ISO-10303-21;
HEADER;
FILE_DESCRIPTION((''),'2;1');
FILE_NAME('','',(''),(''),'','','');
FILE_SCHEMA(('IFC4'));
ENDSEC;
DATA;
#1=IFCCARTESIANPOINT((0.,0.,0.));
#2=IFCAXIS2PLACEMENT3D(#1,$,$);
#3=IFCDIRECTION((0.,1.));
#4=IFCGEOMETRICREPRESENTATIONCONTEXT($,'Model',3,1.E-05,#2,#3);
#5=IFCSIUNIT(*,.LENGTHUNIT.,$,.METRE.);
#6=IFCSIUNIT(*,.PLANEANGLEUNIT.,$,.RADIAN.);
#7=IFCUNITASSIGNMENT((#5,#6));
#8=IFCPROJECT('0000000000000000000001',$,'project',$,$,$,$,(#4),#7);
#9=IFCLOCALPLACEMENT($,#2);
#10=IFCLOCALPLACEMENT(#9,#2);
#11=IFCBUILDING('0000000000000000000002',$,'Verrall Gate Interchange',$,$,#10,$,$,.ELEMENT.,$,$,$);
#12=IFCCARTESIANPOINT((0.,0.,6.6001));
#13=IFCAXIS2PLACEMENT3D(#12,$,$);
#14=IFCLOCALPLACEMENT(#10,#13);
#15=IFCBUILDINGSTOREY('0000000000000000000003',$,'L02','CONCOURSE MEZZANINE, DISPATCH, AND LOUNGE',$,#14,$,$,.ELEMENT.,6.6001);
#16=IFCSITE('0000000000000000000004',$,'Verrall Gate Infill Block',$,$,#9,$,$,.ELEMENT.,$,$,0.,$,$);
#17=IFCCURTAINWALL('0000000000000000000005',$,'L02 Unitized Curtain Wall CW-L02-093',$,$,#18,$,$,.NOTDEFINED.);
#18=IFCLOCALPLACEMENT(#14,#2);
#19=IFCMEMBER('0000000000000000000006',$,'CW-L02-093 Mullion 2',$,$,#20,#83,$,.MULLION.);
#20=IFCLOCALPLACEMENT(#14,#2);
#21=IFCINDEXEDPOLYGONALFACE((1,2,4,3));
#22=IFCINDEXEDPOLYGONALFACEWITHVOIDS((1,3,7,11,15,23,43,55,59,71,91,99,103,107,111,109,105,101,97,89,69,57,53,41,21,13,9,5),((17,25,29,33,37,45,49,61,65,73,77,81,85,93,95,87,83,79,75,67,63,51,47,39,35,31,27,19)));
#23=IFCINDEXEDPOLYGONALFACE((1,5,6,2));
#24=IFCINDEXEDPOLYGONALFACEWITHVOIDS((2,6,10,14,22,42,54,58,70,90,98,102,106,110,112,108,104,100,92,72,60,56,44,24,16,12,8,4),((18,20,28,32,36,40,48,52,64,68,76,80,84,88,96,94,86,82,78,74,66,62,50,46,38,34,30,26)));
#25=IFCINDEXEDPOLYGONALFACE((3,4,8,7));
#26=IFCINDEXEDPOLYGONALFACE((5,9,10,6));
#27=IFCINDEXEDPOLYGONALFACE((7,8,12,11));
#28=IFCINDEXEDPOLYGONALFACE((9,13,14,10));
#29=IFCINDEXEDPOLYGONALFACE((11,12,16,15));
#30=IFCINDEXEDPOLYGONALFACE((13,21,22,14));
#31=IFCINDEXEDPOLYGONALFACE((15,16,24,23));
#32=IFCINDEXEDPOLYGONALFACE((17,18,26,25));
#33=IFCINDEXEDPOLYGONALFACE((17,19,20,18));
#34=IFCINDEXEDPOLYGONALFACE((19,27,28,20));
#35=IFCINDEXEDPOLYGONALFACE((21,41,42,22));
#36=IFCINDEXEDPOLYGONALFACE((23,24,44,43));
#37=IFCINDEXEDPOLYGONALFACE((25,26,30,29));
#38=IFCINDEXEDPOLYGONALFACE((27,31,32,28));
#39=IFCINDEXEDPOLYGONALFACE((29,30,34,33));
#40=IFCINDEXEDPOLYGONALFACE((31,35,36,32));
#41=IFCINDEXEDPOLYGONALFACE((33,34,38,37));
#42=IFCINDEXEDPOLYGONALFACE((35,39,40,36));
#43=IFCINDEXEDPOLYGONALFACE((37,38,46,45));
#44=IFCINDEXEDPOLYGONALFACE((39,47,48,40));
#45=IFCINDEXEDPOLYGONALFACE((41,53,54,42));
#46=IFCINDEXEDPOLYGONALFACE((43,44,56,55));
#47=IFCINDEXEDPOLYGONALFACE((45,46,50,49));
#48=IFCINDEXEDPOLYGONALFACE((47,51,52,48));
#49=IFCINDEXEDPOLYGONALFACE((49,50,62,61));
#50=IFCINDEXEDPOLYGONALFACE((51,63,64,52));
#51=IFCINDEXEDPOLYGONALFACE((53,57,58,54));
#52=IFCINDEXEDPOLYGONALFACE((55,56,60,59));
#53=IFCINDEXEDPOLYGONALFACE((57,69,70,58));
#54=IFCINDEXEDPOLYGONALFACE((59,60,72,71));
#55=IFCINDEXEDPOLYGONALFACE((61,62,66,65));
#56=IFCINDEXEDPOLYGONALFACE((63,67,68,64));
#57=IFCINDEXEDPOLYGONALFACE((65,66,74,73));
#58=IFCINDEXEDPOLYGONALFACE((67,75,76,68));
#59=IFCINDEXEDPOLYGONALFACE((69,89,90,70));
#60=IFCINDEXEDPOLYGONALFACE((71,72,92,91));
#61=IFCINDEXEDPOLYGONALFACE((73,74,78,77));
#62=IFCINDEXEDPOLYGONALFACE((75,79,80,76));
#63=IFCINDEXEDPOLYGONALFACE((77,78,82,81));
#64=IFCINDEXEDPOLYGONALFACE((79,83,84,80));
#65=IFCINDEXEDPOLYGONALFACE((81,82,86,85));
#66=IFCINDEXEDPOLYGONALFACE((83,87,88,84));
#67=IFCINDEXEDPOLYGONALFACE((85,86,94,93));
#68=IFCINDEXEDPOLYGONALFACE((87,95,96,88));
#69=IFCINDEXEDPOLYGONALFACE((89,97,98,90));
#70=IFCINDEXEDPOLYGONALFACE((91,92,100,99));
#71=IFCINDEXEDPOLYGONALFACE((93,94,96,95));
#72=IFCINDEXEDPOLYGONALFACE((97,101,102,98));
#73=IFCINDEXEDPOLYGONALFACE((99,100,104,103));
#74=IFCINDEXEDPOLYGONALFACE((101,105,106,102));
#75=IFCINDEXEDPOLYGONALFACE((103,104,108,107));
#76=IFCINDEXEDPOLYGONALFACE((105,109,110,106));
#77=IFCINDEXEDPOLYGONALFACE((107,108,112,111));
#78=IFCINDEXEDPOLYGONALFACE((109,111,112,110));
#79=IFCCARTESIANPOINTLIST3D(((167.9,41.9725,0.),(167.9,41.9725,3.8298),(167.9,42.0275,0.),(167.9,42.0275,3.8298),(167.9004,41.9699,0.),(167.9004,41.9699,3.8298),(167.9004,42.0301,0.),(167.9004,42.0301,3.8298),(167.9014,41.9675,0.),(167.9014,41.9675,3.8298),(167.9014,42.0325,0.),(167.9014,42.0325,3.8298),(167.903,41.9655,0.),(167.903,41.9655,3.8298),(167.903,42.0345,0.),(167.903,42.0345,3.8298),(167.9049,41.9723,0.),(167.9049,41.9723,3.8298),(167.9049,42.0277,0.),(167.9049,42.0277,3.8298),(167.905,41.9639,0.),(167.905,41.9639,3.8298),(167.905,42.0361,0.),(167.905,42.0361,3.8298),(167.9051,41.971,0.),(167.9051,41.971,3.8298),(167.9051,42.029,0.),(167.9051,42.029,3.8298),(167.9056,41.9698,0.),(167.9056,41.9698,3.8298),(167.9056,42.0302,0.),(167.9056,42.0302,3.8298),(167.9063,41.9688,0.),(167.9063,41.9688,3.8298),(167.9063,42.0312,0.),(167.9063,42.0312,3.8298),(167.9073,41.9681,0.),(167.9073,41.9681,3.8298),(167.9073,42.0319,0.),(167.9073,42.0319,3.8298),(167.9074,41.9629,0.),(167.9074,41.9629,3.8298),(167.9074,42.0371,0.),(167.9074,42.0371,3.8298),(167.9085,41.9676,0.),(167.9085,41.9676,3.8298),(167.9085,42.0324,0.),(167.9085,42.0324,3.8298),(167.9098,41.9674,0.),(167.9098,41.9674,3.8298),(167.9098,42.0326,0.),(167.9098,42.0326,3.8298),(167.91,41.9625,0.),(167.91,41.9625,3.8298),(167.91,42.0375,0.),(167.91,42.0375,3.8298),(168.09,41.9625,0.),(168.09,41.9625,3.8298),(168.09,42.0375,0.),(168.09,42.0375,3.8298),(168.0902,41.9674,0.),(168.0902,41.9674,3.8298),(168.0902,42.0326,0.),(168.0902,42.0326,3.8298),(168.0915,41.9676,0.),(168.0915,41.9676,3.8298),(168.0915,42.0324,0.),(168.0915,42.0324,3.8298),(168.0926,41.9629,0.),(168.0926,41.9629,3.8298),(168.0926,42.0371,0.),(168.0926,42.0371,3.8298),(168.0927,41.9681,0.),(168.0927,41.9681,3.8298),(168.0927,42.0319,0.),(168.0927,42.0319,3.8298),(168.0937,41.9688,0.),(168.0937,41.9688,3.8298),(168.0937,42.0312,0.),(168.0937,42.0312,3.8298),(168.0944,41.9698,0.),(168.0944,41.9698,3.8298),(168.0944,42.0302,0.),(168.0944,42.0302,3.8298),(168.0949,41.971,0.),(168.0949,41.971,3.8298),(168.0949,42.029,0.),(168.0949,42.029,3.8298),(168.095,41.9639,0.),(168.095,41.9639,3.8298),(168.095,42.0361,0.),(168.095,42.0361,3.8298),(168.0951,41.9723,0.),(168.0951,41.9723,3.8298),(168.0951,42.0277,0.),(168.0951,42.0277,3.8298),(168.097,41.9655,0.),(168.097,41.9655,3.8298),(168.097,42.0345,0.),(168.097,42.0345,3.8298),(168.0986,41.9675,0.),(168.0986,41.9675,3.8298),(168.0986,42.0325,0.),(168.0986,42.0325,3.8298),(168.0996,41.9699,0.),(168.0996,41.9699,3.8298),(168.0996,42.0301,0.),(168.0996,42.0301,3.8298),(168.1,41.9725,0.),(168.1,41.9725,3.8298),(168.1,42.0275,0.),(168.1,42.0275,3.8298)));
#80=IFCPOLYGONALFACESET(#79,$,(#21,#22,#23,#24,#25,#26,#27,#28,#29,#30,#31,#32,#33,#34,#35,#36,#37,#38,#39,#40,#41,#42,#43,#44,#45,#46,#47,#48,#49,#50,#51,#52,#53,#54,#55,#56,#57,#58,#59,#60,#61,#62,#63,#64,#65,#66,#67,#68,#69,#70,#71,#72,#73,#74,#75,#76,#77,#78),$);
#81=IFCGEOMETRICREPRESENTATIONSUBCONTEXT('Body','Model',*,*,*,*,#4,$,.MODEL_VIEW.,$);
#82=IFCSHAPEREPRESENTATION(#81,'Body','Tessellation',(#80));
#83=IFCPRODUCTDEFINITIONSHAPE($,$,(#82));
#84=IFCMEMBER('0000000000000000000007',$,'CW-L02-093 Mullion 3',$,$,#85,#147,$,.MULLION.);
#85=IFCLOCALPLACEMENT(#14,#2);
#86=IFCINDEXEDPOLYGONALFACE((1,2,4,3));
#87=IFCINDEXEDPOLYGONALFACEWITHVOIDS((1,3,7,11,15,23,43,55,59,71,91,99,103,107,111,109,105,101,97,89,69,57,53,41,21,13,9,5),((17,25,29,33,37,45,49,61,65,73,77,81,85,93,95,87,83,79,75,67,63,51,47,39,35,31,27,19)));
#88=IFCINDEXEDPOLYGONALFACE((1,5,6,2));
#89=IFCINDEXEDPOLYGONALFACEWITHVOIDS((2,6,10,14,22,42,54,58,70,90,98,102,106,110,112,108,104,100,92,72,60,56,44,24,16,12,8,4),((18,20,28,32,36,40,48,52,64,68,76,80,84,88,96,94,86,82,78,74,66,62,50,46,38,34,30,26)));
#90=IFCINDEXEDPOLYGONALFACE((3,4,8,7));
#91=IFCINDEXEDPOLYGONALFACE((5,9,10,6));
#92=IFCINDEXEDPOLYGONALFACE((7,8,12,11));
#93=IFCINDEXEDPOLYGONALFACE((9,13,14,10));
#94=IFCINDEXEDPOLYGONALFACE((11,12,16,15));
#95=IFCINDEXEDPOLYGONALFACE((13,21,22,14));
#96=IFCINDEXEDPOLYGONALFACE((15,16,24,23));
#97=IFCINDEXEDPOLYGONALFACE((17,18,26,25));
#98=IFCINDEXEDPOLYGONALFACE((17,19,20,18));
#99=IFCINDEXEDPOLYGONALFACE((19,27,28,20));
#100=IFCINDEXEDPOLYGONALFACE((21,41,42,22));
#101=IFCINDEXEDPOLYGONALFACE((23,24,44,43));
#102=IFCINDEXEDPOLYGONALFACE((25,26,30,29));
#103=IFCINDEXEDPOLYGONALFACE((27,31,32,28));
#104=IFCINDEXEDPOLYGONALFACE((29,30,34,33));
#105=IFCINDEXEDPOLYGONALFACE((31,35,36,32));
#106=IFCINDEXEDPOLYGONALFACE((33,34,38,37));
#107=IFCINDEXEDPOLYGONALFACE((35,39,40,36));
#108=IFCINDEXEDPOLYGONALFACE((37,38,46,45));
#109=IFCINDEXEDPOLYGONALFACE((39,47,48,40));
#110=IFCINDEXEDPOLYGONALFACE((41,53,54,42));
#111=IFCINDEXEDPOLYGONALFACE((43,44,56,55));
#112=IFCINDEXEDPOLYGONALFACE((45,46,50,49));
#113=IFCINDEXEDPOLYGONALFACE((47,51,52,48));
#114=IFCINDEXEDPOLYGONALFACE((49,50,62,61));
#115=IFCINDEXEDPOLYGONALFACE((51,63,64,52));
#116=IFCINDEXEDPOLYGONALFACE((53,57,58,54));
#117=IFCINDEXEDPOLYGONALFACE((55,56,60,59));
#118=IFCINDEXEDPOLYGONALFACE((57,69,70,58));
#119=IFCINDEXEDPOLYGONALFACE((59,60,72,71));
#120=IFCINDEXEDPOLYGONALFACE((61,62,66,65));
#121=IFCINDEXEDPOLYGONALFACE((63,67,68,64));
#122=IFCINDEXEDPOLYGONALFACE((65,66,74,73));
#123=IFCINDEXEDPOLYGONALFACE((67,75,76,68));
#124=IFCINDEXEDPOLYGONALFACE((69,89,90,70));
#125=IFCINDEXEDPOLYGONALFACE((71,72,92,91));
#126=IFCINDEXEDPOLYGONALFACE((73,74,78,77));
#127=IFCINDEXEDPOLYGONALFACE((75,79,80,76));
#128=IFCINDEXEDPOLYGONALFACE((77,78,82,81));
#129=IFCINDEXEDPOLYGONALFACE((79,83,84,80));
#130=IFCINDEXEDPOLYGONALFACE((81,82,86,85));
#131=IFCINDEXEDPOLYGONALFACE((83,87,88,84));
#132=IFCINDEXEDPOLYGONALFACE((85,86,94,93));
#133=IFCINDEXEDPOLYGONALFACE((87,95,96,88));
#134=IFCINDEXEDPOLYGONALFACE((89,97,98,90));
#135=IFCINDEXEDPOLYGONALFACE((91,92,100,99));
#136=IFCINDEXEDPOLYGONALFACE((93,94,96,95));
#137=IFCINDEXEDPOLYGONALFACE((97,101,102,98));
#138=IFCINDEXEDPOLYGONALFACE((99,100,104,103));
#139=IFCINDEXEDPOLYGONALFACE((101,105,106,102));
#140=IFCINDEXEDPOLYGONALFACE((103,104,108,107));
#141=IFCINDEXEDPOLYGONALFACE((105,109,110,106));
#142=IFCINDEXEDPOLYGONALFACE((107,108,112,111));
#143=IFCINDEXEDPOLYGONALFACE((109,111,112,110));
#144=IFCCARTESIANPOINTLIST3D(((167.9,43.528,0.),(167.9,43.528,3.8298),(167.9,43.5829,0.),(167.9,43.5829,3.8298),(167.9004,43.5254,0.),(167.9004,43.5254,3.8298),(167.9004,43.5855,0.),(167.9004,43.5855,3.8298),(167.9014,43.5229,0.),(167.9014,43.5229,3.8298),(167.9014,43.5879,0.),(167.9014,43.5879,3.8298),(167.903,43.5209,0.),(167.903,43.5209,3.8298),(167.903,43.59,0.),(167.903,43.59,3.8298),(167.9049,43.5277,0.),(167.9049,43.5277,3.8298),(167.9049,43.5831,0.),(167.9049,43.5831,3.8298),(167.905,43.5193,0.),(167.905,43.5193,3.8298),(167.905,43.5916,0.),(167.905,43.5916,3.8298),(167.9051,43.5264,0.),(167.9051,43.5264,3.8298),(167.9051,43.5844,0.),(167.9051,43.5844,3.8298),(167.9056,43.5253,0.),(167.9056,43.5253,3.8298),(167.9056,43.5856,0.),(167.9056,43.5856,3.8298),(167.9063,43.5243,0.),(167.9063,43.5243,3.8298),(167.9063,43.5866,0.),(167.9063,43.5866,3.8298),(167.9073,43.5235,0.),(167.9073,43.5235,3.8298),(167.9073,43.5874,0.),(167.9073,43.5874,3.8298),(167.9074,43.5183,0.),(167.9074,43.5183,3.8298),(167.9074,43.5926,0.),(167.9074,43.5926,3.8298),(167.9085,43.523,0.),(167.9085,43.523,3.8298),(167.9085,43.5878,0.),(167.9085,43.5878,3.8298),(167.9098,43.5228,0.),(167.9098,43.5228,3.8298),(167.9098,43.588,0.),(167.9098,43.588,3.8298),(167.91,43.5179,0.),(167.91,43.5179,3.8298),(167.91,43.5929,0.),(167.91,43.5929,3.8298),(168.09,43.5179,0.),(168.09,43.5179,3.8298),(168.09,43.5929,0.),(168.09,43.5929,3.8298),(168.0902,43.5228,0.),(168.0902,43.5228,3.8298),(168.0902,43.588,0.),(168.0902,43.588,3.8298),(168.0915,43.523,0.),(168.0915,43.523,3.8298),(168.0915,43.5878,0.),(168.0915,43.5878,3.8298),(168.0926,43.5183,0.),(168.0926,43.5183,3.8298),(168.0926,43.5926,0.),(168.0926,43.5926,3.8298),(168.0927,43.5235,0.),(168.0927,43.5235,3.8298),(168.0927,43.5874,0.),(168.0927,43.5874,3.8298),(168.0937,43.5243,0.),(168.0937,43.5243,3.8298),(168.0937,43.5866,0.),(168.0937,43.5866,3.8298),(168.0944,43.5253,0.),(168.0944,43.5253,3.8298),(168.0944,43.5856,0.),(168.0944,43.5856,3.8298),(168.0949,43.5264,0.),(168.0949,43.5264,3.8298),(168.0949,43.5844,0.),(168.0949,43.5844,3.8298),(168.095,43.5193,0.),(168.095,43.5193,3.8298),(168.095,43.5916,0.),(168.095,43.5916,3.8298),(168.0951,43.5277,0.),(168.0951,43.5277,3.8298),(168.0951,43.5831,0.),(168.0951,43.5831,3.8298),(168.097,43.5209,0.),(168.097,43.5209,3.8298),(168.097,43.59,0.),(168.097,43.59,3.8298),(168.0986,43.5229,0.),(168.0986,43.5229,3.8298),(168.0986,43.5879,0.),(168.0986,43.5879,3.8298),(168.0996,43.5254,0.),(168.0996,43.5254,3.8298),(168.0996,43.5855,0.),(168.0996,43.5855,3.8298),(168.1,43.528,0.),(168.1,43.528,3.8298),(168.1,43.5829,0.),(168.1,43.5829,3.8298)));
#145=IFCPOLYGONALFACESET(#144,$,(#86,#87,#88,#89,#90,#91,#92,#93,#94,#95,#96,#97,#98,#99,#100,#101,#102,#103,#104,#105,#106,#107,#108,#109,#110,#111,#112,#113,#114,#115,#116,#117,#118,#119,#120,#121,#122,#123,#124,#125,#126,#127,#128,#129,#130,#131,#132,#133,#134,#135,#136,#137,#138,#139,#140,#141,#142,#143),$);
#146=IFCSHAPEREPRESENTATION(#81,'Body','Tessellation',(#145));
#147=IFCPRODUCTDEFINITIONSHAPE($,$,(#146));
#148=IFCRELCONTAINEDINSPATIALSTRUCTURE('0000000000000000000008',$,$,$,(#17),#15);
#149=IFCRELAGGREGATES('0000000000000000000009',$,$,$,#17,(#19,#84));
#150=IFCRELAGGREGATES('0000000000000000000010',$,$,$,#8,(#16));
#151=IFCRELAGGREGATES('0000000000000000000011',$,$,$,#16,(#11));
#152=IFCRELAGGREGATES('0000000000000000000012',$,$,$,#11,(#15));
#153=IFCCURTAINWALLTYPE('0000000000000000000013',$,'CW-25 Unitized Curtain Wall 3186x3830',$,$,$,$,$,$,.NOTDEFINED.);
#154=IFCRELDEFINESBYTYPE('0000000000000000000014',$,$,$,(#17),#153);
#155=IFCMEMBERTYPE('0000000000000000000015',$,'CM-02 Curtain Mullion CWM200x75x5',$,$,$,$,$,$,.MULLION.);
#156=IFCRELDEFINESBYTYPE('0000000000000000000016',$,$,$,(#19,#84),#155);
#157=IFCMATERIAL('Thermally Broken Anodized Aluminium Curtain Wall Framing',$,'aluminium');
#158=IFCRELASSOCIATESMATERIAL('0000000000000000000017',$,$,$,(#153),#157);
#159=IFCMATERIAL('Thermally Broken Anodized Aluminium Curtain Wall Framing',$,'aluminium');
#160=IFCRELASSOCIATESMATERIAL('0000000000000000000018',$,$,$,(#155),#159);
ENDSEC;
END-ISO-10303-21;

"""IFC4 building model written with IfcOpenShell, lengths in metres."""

from ifc_helpers import new_model, si_unit, direction, frame, origin, origin_2d, place, context, subcontext, project, spatial, hollow_rectangle, extrude, material, material_profile, profile_set, type_object, element, aggregate, save


model = new_model("IFC4")

# Units and contexts
model_context = context("Model", 3, precision=1e-05, world=origin(), true_north=direction((0.0, 1.0)))
body_context = subcontext(model_context, "Body", "Model", "MODEL_VIEW")
ifc_project = project(units=[si_unit("LENGTHUNIT", "METRE"), si_unit("PLANEANGLEUNIT", "RADIAN")], contexts=[model_context])

# Site, building, storey
site_placement = place(None, origin())
site = spatial("IfcSite", under=ifc_project, at=site_placement, Name="Verrall Gate Infill Block", CompositionType="ELEMENT", RefElevation=0.0)
building_placement = place(site_placement, origin())
building = spatial("IfcBuilding", under=site, at=building_placement, Name="Verrall Gate Interchange", CompositionType="ELEMENT")
storey_placement = place(building_placement, frame((0.0, 0.0, 6.6001)))
storey = spatial("IfcBuildingStorey", under=building, at=storey_placement, Name="L02", Description="CONCOURSE MEZZANINE, DISPATCH, AND LOUNGE", CompositionType="ELEMENT", Elevation=6.6001)

# Curtain wall, members
ifc_material_1 = material(Name="Thermally Broken Anodized Aluminium Curtain Wall Framing", Category="aluminium")
curtain_wall_type = type_object("IfcCurtainWallType", Name="CW-25 Unitized Curtain Wall 3186x3830", PredefinedType="NOTDEFINED", material=ifc_material_1)
curtain_wall_placement = place(storey_placement, origin())
curtain_wall = element("IfcCurtainWall", 1, at=curtain_wall_placement, inside=storey, type_object=curtain_wall_type, Name="L02 Unitized Curtain Wall CW-L02-093", PredefinedType="NOTDEFINED")
ifc_material_2 = material(Name="Thermally Broken Anodized Aluminium Curtain Wall Framing", Category="aluminium")
ifc_material_profile_1 = material_profile(ifc_material_2, hollow_rectangle(XDim=0.075, YDim=0.2, WallThickness=0.0049, InnerFilletRadius=0.0049, OuterFilletRadius=0.01, at=origin_2d()), Name="CWM200x75x5")
ifc_profile_set_1 = profile_set([ifc_material_profile_1], Name="Thermally Broken Anodized Aluminium Curtain Wall Framing")
member_type_1 = type_object("IfcMemberType", Name="CM-02 Curtain Mullion CWM200x75x5", PredefinedType="MULLION", material=ifc_profile_set_1)
member_1_placement = place(storey_placement, frame((168.0, 42.0, 0.0), z_axis=(0.0, 0.0, 1.0), x_axis=(0.0, 1.0, 0.0)))
member_1 = element("IfcMember", 2, at=member_1_placement, type_object=member_type_1, Name="CW-L02-093 Mullion 2", PredefinedType="MULLION", context=body_context, shape_type="SweptSolid", body=[
    extrude(hollow_rectangle(XDim=0.075, YDim=0.2, WallThickness=0.0049, InnerFilletRadius=0.0049, OuterFilletRadius=0.01, at=origin_2d()), origin(), (0.0, 0.0, 1.0), 3.8298),
])
member_2_placement = place(storey_placement, frame((168.0, 43.5554, 0.0), z_axis=(0.0, 0.0, 1.0), x_axis=(0.0, 1.0, 0.0)))
member_2 = element("IfcMember", 3, at=member_2_placement, type_object=member_type_1, Name="CW-L02-093 Mullion 3", PredefinedType="MULLION", context=body_context, shape_type="SweptSolid", body=[
    extrude(hollow_rectangle(XDim=0.075, YDim=0.2, WallThickness=0.0049, InnerFilletRadius=0.0049, OuterFilletRadius=0.01, at=origin_2d()), origin(), (0.0, 0.0, 1.0), 3.8298),
])

aggregate(curtain_wall, [member_1, member_2])

save(model, "model.ifc")
